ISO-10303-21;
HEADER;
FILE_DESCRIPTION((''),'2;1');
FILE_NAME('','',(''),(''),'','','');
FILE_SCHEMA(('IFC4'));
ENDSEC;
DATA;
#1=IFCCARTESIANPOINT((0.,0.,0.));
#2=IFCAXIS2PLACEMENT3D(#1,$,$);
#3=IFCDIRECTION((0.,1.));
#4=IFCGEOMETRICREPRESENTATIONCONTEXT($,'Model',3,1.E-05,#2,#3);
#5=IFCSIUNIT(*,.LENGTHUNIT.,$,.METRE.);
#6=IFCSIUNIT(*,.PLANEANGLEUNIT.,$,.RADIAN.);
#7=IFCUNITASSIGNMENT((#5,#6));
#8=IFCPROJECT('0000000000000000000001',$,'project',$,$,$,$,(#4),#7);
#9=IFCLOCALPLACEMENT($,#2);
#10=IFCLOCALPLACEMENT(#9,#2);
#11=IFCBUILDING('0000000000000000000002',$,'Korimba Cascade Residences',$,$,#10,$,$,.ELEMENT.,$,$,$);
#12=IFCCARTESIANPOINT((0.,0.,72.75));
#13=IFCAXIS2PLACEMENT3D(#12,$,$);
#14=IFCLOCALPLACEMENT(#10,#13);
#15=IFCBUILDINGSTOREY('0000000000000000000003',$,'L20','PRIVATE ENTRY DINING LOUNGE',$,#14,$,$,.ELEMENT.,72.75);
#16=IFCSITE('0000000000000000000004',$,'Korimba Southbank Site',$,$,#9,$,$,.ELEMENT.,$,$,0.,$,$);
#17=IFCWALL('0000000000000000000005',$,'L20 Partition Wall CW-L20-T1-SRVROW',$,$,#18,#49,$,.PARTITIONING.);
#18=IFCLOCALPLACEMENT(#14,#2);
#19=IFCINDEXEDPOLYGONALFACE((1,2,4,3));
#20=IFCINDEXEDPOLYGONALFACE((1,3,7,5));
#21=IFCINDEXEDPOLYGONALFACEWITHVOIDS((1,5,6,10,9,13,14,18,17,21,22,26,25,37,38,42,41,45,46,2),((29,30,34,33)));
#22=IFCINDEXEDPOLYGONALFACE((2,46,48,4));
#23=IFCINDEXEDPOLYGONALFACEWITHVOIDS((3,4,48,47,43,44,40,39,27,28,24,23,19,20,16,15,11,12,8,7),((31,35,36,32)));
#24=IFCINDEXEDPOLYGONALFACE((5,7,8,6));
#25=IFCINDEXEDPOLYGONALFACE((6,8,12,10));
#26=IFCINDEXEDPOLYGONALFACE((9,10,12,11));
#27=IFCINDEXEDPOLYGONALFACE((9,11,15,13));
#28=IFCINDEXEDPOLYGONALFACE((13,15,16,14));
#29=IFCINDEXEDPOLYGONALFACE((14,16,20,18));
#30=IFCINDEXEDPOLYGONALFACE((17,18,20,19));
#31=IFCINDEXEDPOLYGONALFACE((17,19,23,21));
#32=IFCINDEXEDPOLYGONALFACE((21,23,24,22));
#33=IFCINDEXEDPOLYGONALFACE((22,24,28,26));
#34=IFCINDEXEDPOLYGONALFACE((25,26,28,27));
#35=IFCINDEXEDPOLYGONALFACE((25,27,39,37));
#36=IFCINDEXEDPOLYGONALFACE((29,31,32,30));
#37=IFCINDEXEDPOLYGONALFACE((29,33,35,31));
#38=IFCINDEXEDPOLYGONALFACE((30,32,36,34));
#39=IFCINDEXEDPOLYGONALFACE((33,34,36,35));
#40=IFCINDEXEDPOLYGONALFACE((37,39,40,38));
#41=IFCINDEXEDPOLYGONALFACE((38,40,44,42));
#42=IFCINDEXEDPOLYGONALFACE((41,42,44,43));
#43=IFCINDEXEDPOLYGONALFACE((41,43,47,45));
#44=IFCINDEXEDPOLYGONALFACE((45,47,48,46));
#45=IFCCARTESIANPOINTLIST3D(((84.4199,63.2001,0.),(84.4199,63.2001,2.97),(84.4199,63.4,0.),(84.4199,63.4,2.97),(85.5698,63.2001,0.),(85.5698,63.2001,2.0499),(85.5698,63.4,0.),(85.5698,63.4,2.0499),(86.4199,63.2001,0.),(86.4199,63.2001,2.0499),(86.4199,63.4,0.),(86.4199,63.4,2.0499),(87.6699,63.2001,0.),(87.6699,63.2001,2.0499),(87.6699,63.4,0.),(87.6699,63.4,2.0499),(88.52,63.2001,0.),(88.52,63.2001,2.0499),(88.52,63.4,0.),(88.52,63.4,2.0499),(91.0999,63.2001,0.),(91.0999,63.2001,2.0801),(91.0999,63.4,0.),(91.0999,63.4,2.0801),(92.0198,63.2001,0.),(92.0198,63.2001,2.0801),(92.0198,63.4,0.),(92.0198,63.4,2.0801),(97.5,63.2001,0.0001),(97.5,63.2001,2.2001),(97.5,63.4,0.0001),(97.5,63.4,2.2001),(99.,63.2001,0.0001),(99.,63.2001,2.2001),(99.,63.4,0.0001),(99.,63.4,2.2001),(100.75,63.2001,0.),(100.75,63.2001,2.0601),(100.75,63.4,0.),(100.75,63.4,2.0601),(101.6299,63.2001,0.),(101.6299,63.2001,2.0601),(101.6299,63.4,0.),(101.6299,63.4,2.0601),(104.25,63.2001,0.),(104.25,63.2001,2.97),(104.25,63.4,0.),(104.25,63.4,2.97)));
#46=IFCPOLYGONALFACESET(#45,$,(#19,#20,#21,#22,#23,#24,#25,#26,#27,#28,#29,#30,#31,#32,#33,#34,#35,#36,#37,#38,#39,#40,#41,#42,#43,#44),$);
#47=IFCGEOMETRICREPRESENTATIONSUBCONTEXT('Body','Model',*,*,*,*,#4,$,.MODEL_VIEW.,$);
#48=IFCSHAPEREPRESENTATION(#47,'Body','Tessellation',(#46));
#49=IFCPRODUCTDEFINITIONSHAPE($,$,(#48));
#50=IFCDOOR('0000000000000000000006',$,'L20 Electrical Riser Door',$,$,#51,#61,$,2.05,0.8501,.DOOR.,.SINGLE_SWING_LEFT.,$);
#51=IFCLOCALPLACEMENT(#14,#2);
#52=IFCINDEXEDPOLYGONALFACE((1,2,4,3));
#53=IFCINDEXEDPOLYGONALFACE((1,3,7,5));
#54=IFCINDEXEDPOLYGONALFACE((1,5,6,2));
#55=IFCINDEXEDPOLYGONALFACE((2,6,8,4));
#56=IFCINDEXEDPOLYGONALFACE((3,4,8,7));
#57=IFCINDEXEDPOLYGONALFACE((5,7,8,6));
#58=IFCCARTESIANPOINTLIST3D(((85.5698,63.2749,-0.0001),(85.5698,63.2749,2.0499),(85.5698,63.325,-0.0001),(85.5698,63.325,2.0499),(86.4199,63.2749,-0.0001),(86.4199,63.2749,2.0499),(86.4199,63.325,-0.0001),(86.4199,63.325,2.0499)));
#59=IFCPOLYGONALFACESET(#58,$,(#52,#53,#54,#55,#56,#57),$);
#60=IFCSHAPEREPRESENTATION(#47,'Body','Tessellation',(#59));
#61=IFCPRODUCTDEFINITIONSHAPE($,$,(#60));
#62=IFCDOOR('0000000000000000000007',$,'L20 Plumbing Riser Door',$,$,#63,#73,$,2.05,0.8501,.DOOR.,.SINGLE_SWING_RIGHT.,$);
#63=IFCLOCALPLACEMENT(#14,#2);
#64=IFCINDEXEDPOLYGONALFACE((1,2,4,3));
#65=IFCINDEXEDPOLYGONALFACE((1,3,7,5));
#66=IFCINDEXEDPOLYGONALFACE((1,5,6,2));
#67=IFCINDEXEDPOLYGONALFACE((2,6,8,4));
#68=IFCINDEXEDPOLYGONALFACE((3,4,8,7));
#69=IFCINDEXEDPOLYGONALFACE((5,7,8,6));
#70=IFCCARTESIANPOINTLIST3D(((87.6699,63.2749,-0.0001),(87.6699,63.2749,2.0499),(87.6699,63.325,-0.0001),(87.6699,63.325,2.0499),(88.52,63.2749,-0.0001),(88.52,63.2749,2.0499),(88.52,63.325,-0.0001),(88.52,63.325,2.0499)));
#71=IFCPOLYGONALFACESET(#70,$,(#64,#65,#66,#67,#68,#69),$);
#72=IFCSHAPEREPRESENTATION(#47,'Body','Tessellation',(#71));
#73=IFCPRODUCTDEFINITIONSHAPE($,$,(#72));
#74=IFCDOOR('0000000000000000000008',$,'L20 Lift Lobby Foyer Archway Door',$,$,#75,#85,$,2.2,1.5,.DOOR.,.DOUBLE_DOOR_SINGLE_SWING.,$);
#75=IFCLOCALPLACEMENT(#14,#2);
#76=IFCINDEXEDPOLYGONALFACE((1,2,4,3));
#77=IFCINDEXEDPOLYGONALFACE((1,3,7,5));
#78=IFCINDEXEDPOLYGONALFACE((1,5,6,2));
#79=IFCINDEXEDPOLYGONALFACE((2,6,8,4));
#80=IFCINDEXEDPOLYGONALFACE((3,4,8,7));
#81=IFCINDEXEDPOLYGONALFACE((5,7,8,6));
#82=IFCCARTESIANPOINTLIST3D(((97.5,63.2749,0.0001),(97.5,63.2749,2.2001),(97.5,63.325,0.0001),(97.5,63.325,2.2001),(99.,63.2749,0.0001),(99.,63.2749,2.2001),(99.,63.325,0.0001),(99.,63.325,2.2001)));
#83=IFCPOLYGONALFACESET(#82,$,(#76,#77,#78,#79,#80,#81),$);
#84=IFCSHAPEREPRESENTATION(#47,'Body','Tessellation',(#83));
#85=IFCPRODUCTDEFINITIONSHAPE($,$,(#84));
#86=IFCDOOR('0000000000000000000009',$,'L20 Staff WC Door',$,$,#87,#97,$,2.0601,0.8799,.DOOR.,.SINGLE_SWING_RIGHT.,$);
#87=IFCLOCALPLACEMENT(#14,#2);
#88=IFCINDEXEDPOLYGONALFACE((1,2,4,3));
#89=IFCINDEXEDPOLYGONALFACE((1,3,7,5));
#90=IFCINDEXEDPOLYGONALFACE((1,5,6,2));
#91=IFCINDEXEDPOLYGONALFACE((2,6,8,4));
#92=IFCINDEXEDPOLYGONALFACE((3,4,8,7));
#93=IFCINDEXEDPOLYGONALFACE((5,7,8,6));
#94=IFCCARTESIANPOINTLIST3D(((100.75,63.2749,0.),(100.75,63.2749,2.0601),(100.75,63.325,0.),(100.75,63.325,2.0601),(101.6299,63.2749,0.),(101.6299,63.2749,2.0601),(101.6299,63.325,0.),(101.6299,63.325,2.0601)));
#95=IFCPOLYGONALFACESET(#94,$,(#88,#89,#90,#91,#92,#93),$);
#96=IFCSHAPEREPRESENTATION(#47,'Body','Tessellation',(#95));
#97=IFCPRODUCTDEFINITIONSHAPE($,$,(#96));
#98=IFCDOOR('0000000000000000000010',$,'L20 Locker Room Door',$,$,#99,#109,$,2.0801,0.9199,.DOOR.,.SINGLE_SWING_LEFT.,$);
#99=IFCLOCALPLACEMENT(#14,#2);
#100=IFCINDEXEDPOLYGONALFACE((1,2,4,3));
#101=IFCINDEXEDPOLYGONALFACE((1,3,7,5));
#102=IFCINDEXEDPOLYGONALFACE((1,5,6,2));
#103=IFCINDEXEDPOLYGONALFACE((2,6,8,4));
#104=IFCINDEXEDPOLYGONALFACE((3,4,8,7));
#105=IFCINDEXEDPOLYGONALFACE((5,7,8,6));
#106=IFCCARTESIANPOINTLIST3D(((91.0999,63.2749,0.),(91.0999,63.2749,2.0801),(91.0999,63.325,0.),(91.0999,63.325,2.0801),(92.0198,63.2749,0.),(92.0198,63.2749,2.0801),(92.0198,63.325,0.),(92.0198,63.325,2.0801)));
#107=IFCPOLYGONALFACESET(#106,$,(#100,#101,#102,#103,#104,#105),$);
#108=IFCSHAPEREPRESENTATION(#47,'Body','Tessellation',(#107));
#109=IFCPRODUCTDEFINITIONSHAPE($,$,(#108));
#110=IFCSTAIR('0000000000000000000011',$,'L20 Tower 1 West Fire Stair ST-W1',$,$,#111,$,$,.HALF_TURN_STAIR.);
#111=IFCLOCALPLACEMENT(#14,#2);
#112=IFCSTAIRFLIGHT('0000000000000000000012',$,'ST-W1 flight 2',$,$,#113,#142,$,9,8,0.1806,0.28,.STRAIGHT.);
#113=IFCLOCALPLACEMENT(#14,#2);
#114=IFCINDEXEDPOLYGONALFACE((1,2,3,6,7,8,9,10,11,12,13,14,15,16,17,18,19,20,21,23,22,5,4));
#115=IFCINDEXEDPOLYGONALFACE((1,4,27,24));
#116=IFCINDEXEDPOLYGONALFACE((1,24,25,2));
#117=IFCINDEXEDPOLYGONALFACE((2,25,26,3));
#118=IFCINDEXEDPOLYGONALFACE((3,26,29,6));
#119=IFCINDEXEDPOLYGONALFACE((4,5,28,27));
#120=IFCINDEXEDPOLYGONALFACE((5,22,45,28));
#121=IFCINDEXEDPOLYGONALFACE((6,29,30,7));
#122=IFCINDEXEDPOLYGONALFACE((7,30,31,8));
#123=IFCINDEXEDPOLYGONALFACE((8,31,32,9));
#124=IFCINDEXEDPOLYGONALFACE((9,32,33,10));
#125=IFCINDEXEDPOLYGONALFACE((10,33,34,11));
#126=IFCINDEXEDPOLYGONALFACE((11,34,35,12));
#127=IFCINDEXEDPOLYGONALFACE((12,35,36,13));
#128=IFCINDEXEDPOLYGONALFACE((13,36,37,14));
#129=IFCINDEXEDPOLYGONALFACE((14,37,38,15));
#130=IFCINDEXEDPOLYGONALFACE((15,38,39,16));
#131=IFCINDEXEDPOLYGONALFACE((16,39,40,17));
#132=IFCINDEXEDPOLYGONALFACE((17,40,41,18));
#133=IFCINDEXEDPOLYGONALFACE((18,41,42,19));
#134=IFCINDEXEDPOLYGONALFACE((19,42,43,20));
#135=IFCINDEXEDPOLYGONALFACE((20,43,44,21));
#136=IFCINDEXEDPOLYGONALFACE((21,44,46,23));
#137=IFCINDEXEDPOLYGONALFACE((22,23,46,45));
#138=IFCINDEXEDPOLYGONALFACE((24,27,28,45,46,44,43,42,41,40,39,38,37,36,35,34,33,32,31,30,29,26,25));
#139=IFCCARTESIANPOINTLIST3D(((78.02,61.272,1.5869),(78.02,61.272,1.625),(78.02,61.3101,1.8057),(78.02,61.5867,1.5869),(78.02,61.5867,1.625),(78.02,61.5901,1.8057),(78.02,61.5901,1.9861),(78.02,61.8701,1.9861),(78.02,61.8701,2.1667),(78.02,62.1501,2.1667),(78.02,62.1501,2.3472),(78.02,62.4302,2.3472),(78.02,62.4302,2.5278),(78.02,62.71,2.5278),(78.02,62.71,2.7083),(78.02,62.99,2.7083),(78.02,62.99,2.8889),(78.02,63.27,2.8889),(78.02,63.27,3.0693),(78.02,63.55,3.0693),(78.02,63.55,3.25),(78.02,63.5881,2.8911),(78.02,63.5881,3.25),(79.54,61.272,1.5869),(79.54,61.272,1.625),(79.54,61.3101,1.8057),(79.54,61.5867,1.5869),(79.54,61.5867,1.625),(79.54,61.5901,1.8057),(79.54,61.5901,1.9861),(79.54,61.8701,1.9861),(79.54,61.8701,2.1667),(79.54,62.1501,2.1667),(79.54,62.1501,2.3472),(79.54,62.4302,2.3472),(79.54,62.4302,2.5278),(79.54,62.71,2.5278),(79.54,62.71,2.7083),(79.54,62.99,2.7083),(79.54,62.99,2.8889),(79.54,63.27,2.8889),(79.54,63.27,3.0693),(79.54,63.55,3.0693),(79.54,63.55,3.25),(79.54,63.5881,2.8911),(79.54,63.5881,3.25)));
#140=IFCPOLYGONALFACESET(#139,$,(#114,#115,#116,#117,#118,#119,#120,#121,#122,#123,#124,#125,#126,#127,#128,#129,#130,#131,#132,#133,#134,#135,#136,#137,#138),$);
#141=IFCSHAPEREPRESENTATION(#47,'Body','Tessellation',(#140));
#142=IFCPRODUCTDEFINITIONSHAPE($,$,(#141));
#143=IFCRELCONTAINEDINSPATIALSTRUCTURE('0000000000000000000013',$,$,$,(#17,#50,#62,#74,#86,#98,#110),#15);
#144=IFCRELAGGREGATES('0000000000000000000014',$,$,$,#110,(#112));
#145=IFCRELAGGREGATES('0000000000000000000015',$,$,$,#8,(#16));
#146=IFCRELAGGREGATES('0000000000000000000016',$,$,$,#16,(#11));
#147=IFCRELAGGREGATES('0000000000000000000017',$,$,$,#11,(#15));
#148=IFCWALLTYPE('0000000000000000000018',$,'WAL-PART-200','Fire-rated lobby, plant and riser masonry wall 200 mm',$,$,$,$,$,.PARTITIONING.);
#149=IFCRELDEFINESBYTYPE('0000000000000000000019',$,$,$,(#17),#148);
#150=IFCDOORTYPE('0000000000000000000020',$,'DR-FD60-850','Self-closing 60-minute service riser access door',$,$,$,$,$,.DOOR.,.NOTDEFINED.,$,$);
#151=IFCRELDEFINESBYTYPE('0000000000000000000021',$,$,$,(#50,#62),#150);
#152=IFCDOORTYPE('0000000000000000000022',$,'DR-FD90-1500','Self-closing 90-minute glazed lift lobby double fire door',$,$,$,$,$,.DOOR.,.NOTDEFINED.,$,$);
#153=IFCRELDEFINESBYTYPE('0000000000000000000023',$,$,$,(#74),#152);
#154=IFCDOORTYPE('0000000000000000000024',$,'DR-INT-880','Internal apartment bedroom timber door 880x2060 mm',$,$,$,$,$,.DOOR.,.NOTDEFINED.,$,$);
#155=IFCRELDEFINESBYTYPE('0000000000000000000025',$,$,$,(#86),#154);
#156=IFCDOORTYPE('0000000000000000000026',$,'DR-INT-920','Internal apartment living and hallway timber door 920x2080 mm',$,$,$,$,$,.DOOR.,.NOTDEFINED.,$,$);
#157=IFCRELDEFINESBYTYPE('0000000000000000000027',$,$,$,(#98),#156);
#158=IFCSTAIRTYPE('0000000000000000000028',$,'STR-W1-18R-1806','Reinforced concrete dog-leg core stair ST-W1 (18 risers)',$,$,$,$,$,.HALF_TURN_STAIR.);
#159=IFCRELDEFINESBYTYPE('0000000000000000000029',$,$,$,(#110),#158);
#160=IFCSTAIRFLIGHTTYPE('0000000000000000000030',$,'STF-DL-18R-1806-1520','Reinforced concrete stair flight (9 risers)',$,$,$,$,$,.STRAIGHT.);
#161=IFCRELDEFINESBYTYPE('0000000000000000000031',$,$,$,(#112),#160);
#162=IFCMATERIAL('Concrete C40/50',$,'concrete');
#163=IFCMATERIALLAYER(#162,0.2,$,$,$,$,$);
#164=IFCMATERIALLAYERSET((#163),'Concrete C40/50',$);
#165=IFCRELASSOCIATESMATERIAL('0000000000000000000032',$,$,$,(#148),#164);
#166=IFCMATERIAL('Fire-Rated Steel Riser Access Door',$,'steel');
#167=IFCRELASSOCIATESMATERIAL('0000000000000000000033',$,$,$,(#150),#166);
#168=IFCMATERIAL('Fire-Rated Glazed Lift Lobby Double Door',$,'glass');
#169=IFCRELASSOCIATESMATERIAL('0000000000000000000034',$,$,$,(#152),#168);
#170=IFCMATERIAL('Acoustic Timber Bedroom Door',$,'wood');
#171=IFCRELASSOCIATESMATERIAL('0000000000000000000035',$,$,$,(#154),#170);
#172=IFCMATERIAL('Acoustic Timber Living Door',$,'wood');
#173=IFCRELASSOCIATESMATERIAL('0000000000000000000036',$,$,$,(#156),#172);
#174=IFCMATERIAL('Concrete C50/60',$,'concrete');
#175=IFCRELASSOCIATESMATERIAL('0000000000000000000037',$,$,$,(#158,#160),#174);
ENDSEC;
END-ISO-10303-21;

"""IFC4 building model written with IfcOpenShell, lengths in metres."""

from ifc_helpers import new_model, si_unit, direction, frame, frame_2d, origin, place, context, subcontext, project, spatial, polyline, rectangle, outline, extrude, material, layer, layer_set, type_object, element, fill, aggregate, save


model = new_model("IFC4")

# Units and contexts
model_context = context("Model", 3, precision=1e-05, world=origin(), true_north=direction((0.0, 1.0)))
body_context = subcontext(model_context, "Body", "Model", "MODEL_VIEW")
ifc_project = project(units=[si_unit("LENGTHUNIT", "METRE"), si_unit("PLANEANGLEUNIT", "RADIAN")], contexts=[model_context])

# Site, building, storey
site_placement = place(None, origin())
site = spatial("IfcSite", under=ifc_project, at=site_placement, Name="Korimba Southbank Site", CompositionType="ELEMENT", RefElevation=0.0)
building_placement = place(site_placement, origin())
building = spatial("IfcBuilding", under=site, at=building_placement, Name="Korimba Cascade Residences", CompositionType="ELEMENT")
storey_placement = place(building_placement, frame((0.0, 0.0, 72.75)))
storey = spatial("IfcBuildingStorey", under=building, at=storey_placement, Name="L20", Description="PRIVATE ENTRY DINING LOUNGE", CompositionType="ELEMENT", Elevation=72.75)

# Shared definitions
ifc_material_1 = material(Name="Concrete C50/60", Category="concrete")

# Shared definitions
ifc_material_2 = material(Name="Concrete C40/50", Category="concrete")
ifc_layer = layer(ifc_material_2, 0.2)
ifc_layer_set = layer_set([ifc_layer], Name="Concrete C40/50")
wall_type = type_object("IfcWallType", Name="WAL-PART-200", Description="Fire-rated lobby, plant and riser masonry wall 200 mm", PredefinedType="PARTITIONING", material=ifc_layer_set)

# Wall, openings, doors
wall_1_placement = place(storey_placement, frame((84.4199, 63.3, 0.0), z_axis=(0.0, 0.0, 1.0), x_axis=(1.0, 0.0, 0.0)))
wall_1 = element("IfcWall", 1, at=wall_1_placement, inside=storey, type_object=wall_type, Name="L20 Partition Wall CW-L20-T1-SRVROW", PredefinedType="PARTITIONING", context=body_context, shape_type="SweptSolid", body=[
    extrude(rectangle(XDim=19.8301, YDim=0.2, at=frame_2d((9.915, 0.0))), origin(), (0.0, 0.0, 1.0), 2.97),
])
opening_1_placement = place(wall_1_placement, frame((1.1499, 0.0, 0.0)))
opening_1 = element("IfcOpeningElement", 2, at=opening_1_placement, cuts=wall_1, PredefinedType="OPENING", context=body_context, shape_type="SweptSolid", body=[
    extrude(rectangle(XDim=0.8501, YDim=2.05, at=frame_2d((0.425, 1.0249))), frame((0.0, 0.1099, 0.0), z_axis=(0.0, -1.0, 0.0), x_axis=(1.0, 0.0, 0.0)), (0.0, 0.0, 1.0), 0.22),
])
opening_2_placement = place(wall_1_placement, frame((3.25, 0.0, 0.0)))
opening_2 = element("IfcOpeningElement", 3, at=opening_2_placement, cuts=wall_1, PredefinedType="OPENING", context=body_context, shape_type="SweptSolid", body=[
    extrude(rectangle(XDim=0.8501, YDim=2.05, at=frame_2d((0.425, 1.0249))), frame((0.0, 0.1099, 0.0), z_axis=(0.0, -1.0, 0.0), x_axis=(1.0, 0.0, 0.0)), (0.0, 0.0, 1.0), 0.22),
])
opening_3_placement = place(wall_1_placement, frame((13.0801, 0.0, 0.0)))
opening_3 = element("IfcOpeningElement", 4, at=opening_3_placement, cuts=wall_1, PredefinedType="OPENING", context=body_context, shape_type="SweptSolid", body=[
    extrude(rectangle(XDim=1.5, YDim=2.2, at=frame_2d((0.75, 1.1001))), frame((0.0, 0.1099, 0.0), z_axis=(0.0, -1.0, 0.0), x_axis=(1.0, 0.0, 0.0)), (0.0, 0.0, 1.0), 0.22),
])
opening_4_placement = place(wall_1_placement, frame((6.6799, 0.0, 0.0)))
opening_4 = element("IfcOpeningElement", 5, at=opening_4_placement, cuts=wall_1, PredefinedType="OPENING", context=body_context, shape_type="SweptSolid", body=[
    extrude(rectangle(XDim=0.9199, YDim=2.0801, at=frame_2d((0.46, 1.04))), frame((0.0, 0.1099, 0.0), z_axis=(0.0, -1.0, 0.0), x_axis=(1.0, 0.0, 0.0)), (0.0, 0.0, 1.0), 0.22),
])
opening_5_placement = place(wall_1_placement, frame((16.3301, 0.0, 0.0)))
opening_5 = element("IfcOpeningElement", 6, at=opening_5_placement, cuts=wall_1, PredefinedType="OPENING", context=body_context, shape_type="SweptSolid", body=[
    extrude(rectangle(XDim=0.8799, YDim=2.0601, at=frame_2d((0.4399, 1.03))), frame((0.0, 0.1099, 0.0), z_axis=(0.0, -1.0, 0.0), x_axis=(1.0, 0.0, 0.0)), (0.0, 0.0, 1.0), 0.22),
])
ifc_material_3 = material(Name="Fire-Rated Steel Riser Access Door", Category="steel")
door_type_1 = type_object("IfcDoorType", Name="DR-FD60-850", Description="Self-closing 60-minute service riser access door", OperationType="NOTDEFINED", PredefinedType="DOOR", material=ifc_material_3)
door_1_placement = place(opening_1_placement, origin())
door_1 = element("IfcDoor", 7, at=door_1_placement, inside=storey, type_object=door_type_1, Name="L20 Electrical Riser Door", OperationType="SINGLE_SWING_LEFT", OverallHeight=2.05, OverallWidth=0.8501, PredefinedType="DOOR", context=body_context, shape_type="SweptSolid", body=[
    extrude(rectangle(XDim=0.8501, YDim=2.05, at=frame_2d((0.425, 1.0249))), frame((0.0, 0.0249, 0.0), z_axis=(0.0, -1.0, 0.0), x_axis=(1.0, 0.0, 0.0)), (0.0, 0.0, 1.0), 0.05),
])
fill(opening_1, door_1)
door_2_placement = place(opening_2_placement, origin())
door_2 = element("IfcDoor", 8, at=door_2_placement, inside=storey, type_object=door_type_1, Name="L20 Plumbing Riser Door", OperationType="SINGLE_SWING_RIGHT", OverallHeight=2.05, OverallWidth=0.8501, PredefinedType="DOOR", context=body_context, shape_type="SweptSolid", body=[
    extrude(rectangle(XDim=0.8501, YDim=2.05, at=frame_2d((0.425, 1.0249))), frame((0.0, 0.0249, 0.0), z_axis=(0.0, -1.0, 0.0), x_axis=(1.0, 0.0, 0.0)), (0.0, 0.0, 1.0), 0.05),
])
fill(opening_2, door_2)
ifc_material_4 = material(Name="Fire-Rated Glazed Lift Lobby Double Door", Category="glass")
door_type_2 = type_object("IfcDoorType", Name="DR-FD90-1500", Description="Self-closing 90-minute glazed lift lobby double fire door", OperationType="NOTDEFINED", PredefinedType="DOOR", material=ifc_material_4)
door_3_placement = place(opening_3_placement, origin())
door_3 = element("IfcDoor", 9, at=door_3_placement, inside=storey, type_object=door_type_2, Name="L20 Lift Lobby Foyer Archway Door", OperationType="DOUBLE_DOOR_SINGLE_SWING", OverallHeight=2.2, OverallWidth=1.5, PredefinedType="DOOR", context=body_context, shape_type="SweptSolid", body=[
    extrude(rectangle(XDim=1.5, YDim=2.2, at=frame_2d((0.75, 1.1001))), frame((0.0, 0.0249, 0.0), z_axis=(0.0, -1.0, 0.0), x_axis=(1.0, 0.0, 0.0)), (0.0, 0.0, 1.0), 0.05),
])
fill(opening_3, door_3)
ifc_material_5 = material(Name="Acoustic Timber Bedroom Door", Category="wood")
door_type_3 = type_object("IfcDoorType", Name="DR-INT-880", Description="Internal apartment bedroom timber door 880x2060 mm", OperationType="NOTDEFINED", PredefinedType="DOOR", material=ifc_material_5)
door_4_placement = place(opening_5_placement, origin())
door_4 = element("IfcDoor", 10, at=door_4_placement, inside=storey, type_object=door_type_3, Name="L20 Staff WC Door", OperationType="SINGLE_SWING_RIGHT", OverallHeight=2.0601, OverallWidth=0.8799, PredefinedType="DOOR", context=body_context, shape_type="SweptSolid", body=[
    extrude(rectangle(XDim=0.8799, YDim=2.0601, at=frame_2d((0.4399, 1.03))), frame((0.0, 0.0249, 0.0), z_axis=(0.0, -1.0, 0.0), x_axis=(1.0, 0.0, 0.0)), (0.0, 0.0, 1.0), 0.05),
])
fill(opening_5, door_4)
ifc_material_6 = material(Name="Acoustic Timber Living Door", Category="wood")
door_type_4 = type_object("IfcDoorType", Name="DR-INT-920", Description="Internal apartment living and hallway timber door 920x2080 mm", OperationType="NOTDEFINED", PredefinedType="DOOR", material=ifc_material_6)
door_5_placement = place(opening_4_placement, origin())
door_5 = element("IfcDoor", 11, at=door_5_placement, inside=storey, type_object=door_type_4, Name="L20 Locker Room Door", OperationType="SINGLE_SWING_LEFT", OverallHeight=2.0801, OverallWidth=0.9199, PredefinedType="DOOR", context=body_context, shape_type="SweptSolid", body=[
    extrude(rectangle(XDim=0.9199, YDim=2.0801, at=frame_2d((0.46, 1.04))), frame((0.0, 0.0249, 0.0), z_axis=(0.0, -1.0, 0.0), x_axis=(1.0, 0.0, 0.0)), (0.0, 0.0, 1.0), 0.05),
])
fill(opening_4, door_5)

# Stair, stair flight
stair_type = type_object("IfcStairType", Name="STR-W1-18R-1806", Description="Reinforced concrete dog-leg core stair ST-W1 (18 risers)", PredefinedType="HALF_TURN_STAIR", material=ifc_material_1)
stair_placement = place(storey_placement, origin())
stair = element("IfcStair", 12, at=stair_placement, inside=storey, type_object=stair_type, Name="L20 Tower 1 West Fire Stair ST-W1", PredefinedType="HALF_TURN_STAIR")
stair_flight_type = type_object("IfcStairFlightType", Name="STF-DL-18R-1806-1520", Description="Reinforced concrete stair flight (9 risers)", PredefinedType="STRAIGHT", material=ifc_material_1)
stair_flight_placement = place(storey_placement, frame((78.78, 61.3101, 1.625), z_axis=(0.0, 0.0, 1.0), x_axis=(0.0, 1.0, 0.0)))
stair_flight = element("IfcStairFlight", 13, at=stair_flight_placement, type_object=stair_flight_type, Name="ST-W1 flight 2", NumberOfRisers=9, NumberOfTreads=8, PredefinedType="STRAIGHT", RiserHeight=0.1806, TreadLength=0.28, context=body_context, shape_type="SweptSolid", body=[
    extrude(outline(polyline([(-0.0381, 0.0), (0.0, 0.1807), (0.28, 0.1807), (0.28, 0.3611), (0.5601, 0.3611), (0.5601, 0.5417), (0.8401, 0.5417), (0.8401, 0.7222), (1.1201, 0.7222), (1.1201, 0.9028), (1.3999, 0.9028), (1.3999, 1.0833), (1.6799, 1.0833), (1.6799, 1.2639), (1.96, 1.2639), (1.96, 1.4443), (2.24, 1.4443), (2.24, 1.625), (2.2781, 1.625), (2.2781, 1.2661), (0.2766, 0.0), (0.2766, -0.0381), (-0.0381, -0.0381), (-0.0381, 0.0)])), frame((0.0, 0.76, 0.0), z_axis=(0.0, -1.0, 0.0), x_axis=(1.0, 0.0, 0.0)), (0.0, 0.0, 1.0), 1.52),
])
aggregate(stair, [stair_flight])

save(model, "model.ifc")
